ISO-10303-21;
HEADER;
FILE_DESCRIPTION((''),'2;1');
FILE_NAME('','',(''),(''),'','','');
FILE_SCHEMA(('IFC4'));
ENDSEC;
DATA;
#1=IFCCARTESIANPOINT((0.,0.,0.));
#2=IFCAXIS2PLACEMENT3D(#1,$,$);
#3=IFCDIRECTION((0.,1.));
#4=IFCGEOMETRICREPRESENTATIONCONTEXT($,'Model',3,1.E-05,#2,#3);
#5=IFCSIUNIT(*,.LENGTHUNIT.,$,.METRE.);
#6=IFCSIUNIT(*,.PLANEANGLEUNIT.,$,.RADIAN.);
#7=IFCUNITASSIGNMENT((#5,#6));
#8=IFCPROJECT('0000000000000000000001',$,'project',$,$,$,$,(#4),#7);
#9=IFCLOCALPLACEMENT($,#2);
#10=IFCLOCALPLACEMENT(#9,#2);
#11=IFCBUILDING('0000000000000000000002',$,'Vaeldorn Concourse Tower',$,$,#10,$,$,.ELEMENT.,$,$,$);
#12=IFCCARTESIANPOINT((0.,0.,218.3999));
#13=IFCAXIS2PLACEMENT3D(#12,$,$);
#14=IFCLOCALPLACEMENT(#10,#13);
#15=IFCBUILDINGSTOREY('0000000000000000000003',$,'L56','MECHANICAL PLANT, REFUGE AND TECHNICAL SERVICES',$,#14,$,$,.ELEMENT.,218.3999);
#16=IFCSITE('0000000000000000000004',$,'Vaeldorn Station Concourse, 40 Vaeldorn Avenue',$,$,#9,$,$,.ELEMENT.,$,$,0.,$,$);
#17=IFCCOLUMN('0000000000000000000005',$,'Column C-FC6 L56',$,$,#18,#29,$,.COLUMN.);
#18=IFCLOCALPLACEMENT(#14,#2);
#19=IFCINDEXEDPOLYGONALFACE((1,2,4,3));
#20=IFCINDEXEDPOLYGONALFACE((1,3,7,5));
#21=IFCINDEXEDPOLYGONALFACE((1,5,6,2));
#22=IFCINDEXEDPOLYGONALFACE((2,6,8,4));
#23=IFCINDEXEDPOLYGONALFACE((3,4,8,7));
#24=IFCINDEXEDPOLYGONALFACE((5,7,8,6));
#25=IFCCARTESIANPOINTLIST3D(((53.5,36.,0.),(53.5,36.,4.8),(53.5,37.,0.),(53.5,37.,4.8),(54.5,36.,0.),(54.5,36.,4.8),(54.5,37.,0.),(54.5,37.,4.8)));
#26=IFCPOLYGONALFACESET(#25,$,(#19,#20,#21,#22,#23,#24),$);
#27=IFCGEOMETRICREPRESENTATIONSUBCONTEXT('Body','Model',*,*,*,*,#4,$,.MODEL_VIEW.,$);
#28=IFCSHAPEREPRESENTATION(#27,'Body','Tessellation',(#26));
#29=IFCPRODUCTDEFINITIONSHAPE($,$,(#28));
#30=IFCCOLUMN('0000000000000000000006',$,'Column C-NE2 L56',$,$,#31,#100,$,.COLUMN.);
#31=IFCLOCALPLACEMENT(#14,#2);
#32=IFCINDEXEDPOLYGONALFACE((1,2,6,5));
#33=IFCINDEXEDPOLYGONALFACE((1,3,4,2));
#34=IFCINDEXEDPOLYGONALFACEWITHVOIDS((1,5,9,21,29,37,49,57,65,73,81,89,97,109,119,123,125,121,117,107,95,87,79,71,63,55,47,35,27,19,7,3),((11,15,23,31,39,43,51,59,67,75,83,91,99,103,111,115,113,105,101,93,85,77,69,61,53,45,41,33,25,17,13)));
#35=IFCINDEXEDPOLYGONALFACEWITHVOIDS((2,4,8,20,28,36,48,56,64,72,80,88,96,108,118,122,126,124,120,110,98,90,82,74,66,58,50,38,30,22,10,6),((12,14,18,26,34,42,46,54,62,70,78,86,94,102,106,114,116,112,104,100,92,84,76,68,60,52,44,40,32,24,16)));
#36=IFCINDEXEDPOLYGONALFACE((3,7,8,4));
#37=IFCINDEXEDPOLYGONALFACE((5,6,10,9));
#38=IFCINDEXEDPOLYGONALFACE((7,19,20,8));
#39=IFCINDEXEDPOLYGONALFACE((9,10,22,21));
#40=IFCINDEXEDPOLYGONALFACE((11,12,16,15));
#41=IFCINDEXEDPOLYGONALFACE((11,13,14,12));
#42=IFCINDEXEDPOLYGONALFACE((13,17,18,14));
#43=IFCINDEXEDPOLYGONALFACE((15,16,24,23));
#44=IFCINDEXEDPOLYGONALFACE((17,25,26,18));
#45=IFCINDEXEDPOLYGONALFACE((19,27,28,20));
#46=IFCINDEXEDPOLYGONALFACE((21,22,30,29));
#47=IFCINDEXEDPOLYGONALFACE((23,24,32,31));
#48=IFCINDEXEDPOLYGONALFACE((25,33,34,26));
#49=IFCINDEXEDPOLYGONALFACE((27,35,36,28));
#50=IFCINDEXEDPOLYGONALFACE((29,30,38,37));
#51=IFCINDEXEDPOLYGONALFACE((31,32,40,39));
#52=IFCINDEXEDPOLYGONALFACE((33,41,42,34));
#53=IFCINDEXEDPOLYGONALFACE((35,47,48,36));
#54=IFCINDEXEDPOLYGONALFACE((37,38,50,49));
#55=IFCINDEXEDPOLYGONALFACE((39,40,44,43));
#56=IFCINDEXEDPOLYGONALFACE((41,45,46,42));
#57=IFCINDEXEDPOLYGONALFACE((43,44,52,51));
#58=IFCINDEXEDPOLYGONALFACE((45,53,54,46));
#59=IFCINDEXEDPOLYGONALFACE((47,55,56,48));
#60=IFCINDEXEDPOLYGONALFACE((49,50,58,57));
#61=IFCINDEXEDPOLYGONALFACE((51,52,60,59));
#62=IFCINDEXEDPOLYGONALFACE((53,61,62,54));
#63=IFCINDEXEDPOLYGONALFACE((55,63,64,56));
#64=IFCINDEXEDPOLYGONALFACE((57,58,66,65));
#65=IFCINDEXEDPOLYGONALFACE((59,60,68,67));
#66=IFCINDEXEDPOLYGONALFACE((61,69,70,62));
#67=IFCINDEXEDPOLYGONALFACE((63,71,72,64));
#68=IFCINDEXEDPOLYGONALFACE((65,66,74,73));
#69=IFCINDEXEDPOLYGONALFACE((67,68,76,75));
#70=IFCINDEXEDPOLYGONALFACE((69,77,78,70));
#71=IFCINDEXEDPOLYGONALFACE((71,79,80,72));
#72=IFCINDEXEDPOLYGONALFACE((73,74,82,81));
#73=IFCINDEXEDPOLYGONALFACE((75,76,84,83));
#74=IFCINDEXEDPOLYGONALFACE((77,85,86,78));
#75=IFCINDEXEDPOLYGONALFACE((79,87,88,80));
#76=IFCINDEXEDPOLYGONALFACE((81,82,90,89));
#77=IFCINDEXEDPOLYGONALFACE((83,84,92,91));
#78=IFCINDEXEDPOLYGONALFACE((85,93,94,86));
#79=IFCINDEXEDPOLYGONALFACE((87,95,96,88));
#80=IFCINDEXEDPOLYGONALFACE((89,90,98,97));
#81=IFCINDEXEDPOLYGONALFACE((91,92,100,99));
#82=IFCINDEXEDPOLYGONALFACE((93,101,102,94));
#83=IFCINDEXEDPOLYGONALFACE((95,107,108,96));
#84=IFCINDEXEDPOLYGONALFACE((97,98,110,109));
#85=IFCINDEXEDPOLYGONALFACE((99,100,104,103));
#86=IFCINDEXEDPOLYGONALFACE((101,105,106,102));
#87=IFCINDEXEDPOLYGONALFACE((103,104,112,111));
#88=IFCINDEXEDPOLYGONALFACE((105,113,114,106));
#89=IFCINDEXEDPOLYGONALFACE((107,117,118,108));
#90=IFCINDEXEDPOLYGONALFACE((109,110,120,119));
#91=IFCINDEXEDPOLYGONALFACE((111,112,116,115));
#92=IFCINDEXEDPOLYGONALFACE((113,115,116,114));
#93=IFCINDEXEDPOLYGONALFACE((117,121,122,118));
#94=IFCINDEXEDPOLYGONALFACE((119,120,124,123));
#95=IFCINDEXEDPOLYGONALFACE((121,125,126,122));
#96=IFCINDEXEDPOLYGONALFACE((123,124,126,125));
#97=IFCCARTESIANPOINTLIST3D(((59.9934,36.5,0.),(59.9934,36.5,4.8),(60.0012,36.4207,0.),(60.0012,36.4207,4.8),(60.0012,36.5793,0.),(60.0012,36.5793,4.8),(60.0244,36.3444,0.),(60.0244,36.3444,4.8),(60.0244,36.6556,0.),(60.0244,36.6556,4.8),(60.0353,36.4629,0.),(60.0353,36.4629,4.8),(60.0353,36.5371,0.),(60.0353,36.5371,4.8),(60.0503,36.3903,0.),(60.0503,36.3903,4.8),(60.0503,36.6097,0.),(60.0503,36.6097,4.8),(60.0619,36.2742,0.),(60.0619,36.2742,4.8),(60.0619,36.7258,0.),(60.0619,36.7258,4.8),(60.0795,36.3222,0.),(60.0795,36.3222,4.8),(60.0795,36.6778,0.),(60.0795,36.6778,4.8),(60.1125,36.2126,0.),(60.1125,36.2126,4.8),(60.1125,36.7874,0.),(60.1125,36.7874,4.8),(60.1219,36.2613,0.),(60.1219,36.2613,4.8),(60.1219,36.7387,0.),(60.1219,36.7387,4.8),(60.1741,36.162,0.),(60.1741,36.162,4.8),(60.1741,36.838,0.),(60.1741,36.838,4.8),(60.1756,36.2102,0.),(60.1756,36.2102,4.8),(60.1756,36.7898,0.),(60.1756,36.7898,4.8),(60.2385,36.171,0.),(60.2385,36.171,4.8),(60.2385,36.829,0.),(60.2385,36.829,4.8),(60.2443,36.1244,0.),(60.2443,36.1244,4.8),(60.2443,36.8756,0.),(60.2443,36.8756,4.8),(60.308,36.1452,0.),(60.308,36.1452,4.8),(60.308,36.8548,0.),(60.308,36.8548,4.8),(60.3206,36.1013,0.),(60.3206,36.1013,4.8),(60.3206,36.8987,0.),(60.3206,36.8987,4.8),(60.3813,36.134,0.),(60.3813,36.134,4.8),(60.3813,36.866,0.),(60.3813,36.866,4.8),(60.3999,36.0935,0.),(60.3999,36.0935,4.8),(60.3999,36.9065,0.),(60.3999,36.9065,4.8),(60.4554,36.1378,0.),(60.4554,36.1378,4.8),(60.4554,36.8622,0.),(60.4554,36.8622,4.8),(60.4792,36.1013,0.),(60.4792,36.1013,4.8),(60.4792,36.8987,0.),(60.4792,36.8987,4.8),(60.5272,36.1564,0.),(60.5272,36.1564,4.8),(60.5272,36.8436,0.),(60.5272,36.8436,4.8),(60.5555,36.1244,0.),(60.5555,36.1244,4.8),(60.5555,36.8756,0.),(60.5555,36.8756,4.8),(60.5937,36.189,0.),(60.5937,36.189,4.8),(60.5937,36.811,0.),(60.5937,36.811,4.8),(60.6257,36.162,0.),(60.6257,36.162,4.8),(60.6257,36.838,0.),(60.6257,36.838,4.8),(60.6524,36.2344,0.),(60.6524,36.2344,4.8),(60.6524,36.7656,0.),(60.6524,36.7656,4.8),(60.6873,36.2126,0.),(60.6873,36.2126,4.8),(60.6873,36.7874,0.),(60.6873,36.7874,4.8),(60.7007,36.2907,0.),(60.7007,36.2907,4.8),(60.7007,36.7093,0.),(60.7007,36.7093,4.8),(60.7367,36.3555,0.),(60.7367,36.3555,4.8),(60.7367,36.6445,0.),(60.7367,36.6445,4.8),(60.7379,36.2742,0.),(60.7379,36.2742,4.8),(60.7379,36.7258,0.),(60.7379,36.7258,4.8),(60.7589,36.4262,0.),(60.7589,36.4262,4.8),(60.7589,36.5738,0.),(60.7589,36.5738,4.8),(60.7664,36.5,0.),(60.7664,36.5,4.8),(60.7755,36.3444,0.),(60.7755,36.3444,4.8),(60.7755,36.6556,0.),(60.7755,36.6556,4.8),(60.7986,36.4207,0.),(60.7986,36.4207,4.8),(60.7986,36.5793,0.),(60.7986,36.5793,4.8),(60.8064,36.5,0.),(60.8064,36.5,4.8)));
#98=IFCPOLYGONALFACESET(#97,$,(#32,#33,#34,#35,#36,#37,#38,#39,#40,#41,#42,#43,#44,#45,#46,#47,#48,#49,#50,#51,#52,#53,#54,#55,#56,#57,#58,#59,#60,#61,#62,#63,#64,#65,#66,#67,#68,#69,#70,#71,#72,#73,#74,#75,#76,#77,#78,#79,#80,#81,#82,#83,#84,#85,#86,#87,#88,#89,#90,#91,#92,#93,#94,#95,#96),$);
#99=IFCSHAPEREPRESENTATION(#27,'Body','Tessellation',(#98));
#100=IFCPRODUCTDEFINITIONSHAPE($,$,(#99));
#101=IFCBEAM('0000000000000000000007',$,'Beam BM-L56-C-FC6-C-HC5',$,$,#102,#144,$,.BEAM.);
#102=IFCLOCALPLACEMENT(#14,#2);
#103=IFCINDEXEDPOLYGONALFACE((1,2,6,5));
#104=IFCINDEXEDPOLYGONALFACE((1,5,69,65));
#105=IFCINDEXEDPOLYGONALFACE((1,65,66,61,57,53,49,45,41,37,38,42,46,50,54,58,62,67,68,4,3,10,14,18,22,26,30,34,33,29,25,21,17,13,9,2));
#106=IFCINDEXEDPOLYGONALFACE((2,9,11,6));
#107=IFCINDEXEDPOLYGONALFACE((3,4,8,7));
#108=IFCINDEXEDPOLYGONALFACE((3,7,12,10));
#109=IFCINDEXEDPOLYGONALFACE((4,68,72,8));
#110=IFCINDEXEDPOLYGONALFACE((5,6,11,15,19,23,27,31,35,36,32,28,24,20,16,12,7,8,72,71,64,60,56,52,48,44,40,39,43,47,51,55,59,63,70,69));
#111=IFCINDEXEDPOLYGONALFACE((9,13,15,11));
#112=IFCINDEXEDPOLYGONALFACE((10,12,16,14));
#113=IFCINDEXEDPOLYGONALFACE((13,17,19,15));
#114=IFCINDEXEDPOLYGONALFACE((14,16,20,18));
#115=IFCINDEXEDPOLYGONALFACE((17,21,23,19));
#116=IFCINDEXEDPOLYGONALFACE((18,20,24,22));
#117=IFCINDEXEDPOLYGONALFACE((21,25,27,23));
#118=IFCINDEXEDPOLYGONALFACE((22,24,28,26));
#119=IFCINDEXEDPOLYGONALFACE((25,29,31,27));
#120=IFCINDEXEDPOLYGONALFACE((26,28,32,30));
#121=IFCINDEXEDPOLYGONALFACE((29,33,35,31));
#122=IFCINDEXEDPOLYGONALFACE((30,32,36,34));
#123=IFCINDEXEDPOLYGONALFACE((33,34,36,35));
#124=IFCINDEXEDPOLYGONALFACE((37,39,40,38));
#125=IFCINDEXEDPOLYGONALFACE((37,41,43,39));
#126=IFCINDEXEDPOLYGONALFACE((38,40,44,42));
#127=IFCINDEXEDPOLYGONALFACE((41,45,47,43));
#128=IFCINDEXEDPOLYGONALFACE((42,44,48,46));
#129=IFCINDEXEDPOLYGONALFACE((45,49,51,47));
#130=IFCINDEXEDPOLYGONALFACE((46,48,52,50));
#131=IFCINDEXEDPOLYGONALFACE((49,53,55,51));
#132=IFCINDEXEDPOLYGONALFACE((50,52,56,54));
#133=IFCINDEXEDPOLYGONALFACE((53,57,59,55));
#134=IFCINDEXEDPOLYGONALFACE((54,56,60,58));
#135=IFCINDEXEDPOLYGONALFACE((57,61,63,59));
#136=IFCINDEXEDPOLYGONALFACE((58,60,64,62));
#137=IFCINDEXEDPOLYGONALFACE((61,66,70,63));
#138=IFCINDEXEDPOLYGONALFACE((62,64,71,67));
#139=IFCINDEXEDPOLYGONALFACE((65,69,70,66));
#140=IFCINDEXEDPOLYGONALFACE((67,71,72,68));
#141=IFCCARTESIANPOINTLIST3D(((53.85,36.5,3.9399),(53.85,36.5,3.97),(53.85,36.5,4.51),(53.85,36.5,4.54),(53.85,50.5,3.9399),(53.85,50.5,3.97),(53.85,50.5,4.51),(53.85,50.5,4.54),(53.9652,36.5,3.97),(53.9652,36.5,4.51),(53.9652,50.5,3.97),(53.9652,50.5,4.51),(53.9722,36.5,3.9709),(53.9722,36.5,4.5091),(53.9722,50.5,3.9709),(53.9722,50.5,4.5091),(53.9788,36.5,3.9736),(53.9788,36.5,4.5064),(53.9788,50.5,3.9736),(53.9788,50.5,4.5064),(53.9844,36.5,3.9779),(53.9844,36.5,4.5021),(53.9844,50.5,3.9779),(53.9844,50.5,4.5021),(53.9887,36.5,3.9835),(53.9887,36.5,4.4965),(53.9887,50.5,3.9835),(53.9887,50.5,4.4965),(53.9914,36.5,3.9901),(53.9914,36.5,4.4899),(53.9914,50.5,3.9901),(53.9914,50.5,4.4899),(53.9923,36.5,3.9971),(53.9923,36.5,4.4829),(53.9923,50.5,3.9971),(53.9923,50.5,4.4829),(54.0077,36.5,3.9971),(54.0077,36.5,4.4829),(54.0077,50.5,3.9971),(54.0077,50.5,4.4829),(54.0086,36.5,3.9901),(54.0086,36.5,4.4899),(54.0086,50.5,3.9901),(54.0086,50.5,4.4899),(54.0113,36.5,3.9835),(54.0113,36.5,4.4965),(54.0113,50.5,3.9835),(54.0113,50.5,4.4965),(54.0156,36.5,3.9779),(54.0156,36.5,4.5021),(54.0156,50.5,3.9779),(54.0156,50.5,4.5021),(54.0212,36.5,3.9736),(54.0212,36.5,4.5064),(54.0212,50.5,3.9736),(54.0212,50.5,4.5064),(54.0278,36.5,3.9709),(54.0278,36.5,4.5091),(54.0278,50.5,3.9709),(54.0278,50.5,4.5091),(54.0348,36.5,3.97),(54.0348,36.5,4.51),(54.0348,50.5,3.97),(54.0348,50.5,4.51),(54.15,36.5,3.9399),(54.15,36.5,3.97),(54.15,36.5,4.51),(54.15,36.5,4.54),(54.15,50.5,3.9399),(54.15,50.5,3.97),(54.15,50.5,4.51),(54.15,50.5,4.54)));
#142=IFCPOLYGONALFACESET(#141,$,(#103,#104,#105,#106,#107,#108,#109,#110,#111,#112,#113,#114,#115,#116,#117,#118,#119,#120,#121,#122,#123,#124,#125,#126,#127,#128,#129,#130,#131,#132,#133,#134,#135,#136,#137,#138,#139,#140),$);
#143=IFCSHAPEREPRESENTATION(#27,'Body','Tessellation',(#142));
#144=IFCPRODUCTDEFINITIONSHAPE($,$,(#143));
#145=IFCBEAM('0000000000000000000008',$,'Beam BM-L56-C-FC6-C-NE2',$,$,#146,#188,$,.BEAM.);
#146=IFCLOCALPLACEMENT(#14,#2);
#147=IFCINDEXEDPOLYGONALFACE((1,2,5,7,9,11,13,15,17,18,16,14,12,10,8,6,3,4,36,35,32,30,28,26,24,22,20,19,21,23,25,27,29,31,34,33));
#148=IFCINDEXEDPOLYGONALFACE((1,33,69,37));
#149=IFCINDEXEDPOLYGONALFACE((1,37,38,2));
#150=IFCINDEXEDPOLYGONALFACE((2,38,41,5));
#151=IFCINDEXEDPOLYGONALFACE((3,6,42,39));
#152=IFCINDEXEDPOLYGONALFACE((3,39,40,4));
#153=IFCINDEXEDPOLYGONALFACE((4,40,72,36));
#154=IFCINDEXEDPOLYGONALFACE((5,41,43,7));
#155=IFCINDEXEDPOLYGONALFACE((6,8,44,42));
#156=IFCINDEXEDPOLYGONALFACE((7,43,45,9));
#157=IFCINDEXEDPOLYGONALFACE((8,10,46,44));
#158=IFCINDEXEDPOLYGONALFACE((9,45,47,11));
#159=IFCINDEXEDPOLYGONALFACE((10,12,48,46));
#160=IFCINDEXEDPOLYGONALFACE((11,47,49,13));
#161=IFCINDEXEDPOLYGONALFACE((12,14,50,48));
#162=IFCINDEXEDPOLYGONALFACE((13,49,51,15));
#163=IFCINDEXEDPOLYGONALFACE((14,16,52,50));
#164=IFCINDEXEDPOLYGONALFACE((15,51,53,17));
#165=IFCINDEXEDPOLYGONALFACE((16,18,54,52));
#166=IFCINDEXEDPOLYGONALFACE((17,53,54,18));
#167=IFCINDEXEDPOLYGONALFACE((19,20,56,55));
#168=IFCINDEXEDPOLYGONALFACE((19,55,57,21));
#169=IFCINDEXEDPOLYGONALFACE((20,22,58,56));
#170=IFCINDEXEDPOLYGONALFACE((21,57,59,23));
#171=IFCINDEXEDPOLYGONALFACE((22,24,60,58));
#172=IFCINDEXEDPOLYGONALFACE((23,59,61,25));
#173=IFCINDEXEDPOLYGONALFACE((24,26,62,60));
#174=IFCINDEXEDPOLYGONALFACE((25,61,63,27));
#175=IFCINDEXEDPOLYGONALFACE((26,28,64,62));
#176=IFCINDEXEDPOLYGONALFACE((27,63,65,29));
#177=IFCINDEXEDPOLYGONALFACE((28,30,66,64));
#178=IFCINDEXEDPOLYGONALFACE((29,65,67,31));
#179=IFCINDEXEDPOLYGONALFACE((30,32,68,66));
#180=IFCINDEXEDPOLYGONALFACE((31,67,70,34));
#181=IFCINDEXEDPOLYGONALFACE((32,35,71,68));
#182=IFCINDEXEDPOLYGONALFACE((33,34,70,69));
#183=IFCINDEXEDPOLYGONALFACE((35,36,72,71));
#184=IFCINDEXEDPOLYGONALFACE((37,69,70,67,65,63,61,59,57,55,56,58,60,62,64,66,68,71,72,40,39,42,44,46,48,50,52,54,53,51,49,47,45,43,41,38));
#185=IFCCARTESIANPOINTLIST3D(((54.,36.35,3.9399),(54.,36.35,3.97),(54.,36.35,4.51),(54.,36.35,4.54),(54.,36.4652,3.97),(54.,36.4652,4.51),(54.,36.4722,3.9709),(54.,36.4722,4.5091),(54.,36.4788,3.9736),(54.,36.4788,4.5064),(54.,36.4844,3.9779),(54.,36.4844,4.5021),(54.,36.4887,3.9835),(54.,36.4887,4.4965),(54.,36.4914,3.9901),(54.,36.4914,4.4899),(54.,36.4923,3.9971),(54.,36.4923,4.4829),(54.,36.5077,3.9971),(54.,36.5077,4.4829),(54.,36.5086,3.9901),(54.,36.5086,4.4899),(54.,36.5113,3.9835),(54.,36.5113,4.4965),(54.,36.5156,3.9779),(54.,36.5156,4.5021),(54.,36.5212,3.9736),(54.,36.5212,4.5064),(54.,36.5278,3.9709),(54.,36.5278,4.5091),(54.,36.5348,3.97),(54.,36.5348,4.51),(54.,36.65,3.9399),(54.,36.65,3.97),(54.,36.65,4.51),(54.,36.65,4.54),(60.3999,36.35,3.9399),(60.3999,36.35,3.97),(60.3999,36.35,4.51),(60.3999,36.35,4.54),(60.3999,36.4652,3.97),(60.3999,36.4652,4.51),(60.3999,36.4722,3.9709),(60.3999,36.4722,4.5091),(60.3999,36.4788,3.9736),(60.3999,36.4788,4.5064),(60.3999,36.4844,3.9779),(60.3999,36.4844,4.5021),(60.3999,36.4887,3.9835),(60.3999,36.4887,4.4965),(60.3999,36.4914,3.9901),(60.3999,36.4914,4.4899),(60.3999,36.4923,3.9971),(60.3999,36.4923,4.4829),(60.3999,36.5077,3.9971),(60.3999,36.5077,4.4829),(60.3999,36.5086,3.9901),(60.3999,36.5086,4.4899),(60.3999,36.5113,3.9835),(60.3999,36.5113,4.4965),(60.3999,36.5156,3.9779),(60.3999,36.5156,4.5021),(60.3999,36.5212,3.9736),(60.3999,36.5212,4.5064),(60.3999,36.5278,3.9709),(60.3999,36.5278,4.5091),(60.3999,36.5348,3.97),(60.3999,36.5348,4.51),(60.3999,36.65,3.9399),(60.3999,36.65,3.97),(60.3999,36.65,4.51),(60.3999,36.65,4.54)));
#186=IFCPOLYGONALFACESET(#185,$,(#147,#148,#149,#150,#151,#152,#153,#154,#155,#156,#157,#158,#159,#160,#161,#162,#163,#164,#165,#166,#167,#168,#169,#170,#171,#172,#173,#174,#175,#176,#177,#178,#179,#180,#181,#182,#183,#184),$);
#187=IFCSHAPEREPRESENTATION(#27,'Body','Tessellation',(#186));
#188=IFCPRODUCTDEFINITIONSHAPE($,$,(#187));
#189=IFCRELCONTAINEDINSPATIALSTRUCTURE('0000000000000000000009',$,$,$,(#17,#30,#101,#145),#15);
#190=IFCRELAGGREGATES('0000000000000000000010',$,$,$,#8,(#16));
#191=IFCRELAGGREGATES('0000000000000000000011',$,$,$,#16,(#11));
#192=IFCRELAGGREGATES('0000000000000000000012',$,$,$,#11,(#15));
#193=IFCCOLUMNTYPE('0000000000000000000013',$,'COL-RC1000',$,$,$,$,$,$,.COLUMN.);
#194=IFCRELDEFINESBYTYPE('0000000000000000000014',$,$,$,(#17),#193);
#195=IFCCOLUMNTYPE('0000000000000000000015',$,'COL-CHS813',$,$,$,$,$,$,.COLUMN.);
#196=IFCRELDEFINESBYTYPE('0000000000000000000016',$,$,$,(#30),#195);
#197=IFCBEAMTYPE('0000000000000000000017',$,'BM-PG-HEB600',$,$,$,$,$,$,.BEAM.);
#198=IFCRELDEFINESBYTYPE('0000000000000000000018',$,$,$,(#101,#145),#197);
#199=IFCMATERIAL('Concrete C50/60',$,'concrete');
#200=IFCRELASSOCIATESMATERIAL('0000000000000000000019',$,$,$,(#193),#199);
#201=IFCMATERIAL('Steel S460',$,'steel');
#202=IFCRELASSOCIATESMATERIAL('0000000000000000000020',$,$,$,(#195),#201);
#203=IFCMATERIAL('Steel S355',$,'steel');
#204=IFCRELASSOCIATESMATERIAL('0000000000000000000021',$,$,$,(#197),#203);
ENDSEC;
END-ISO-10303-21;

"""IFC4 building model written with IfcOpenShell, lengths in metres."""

from ifc_helpers import new_model, si_unit, direction, frame, origin, origin_2d, place, context, subcontext, project, spatial, rectangle, hollow_circle, i_section, extrude, source, transform, mapped, material, material_profile, profile_set, type_object, element, save


model = new_model("IFC4")

# Units and contexts
model_context = context("Model", 3, precision=1e-05, world=origin(), true_north=direction((0.0, 1.0)))
body_context = subcontext(model_context, "Body", "Model", "MODEL_VIEW")
ifc_project = project(units=[si_unit("LENGTHUNIT", "METRE"), si_unit("PLANEANGLEUNIT", "RADIAN")], contexts=[model_context])

# Site, building, storey
site_placement = place(None, origin())
site = spatial("IfcSite", under=ifc_project, at=site_placement, Name="Vaeldorn Station Concourse, 40 Vaeldorn Avenue", CompositionType="ELEMENT", RefElevation=0.0)
building_placement = place(site_placement, origin())
building = spatial("IfcBuilding", under=site, at=building_placement, Name="Vaeldorn Concourse Tower", CompositionType="ELEMENT")
storey_placement = place(building_placement, frame((0.0, 0.0, 218.3999)))
storey = spatial("IfcBuildingStorey", under=building, at=storey_placement, Name="L56", Description="MECHANICAL PLANT, REFUGE AND TECHNICAL SERVICES", CompositionType="ELEMENT", Elevation=218.3999)

# Columns
ifc_material_1 = material(Name="Concrete C50/60", Category="concrete")
ifc_material_profile_1 = material_profile(ifc_material_1, rectangle(XDim=1.0, YDim=1.0, at=origin_2d()), Name="RC 1000x1000")
ifc_profile_set_1 = profile_set([ifc_material_profile_1], Name="Concrete C50/60")
column_type_1 = type_object("IfcColumnType", Name="COL-RC1000", PredefinedType="COLUMN", material=ifc_profile_set_1)
shared_shape_1 = source(origin(), body_context, "Body", "SweptSolid", [
    extrude(rectangle(XDim=1.0, YDim=1.0, at=origin_2d()), origin(), (0.0, 0.0, 1.0), 4.8),
])
column_1_placement = place(storey_placement, frame((54.0, 36.5, 0.0), z_axis=(0.0, 0.0, 1.0), x_axis=(1.0, 0.0, 0.0)))
element("IfcColumn", 1, at=column_1_placement, inside=storey, type_object=column_type_1, Name="Column C-FC6 L56", PredefinedType="COLUMN", context=body_context, shape_type="MappedRepresentation", body=[
    mapped(shared_shape_1, transform((0.0, 0.0, 0.0), scale=1.0)),
])
ifc_material_2 = material(Name="Steel S460", Category="steel")
ifc_material_profile_2 = material_profile(ifc_material_2, hollow_circle(Radius=0.4065, WallThickness=0.04, at=origin_2d()), Name="CHS 813x40")
ifc_profile_set_2 = profile_set([ifc_material_profile_2], Name="Steel S460")
column_type_2 = type_object("IfcColumnType", Name="COL-CHS813", PredefinedType="COLUMN", material=ifc_profile_set_2)
shared_shape_2 = source(origin(), body_context, "Body", "SweptSolid", [
    extrude(hollow_circle(Radius=0.4065, WallThickness=0.04, at=origin_2d()), origin(), (0.0, 0.0, 1.0), 4.8),
])
column_2_placement = place(storey_placement, frame((60.3999, 36.5, 0.0), z_axis=(0.0, 0.0, 1.0), x_axis=(1.0, 0.0, 0.0)))
element("IfcColumn", 2, at=column_2_placement, inside=storey, type_object=column_type_2, Name="Column C-NE2 L56", PredefinedType="COLUMN", context=body_context, shape_type="MappedRepresentation", body=[
    mapped(shared_shape_2, transform((0.0, 0.0, 0.0), scale=1.0)),
])

# Beams
ifc_material_3 = material(Name="Steel S355", Category="steel")
ifc_material_profile_3 = material_profile(ifc_material_3, i_section(OverallWidth=0.3, OverallDepth=0.6001, WebThickness=0.0154, FlangeThickness=0.03, FilletRadius=0.0271, at=origin_2d()), Name="HEB 600")
ifc_profile_set_3 = profile_set([ifc_material_profile_3], Name="Steel S355")
beam_type_1 = type_object("IfcBeamType", Name="BM-PG-HEB600", PredefinedType="BEAM", material=ifc_profile_set_3)
shared_shape_3 = source(origin(), body_context, "Body", "SweptSolid", [
    extrude(i_section(OverallWidth=0.3, OverallDepth=0.6001, WebThickness=0.0154, FlangeThickness=0.03, FilletRadius=0.0271, at=origin_2d()), origin(), (0.0, 0.0, 1.0), 14.0),
])
beam_1_placement = place(storey_placement, frame((54.0, 36.5, 4.24), z_axis=(0.0, 1.0, 0.0), x_axis=(-1.0, 0.0, 0.0)))
element("IfcBeam", 3, at=beam_1_placement, inside=storey, type_object=beam_type_1, Name="Beam BM-L56-C-FC6-C-HC5", PredefinedType="BEAM", context=body_context, shape_type="MappedRepresentation", body=[
    mapped(shared_shape_3, transform((0.0, 0.0, 0.0), scale=1.0)),
])
shared_shape_4 = source(origin(), body_context, "Body", "SweptSolid", [
    extrude(i_section(OverallWidth=0.3, OverallDepth=0.6001, WebThickness=0.0154, FlangeThickness=0.03, FilletRadius=0.0271, at=origin_2d()), origin(), (0.0, 0.0, 1.0), 6.3999),
])
beam_2_placement = place(storey_placement, frame((54.0, 36.5, 4.24), z_axis=(1.0, 0.0, 0.0), x_axis=(0.0, 1.0, 0.0)))
element("IfcBeam", 4, at=beam_2_placement, inside=storey, type_object=beam_type_1, Name="Beam BM-L56-C-FC6-C-NE2", PredefinedType="BEAM", context=body_context, shape_type="MappedRepresentation", body=[
    mapped(shared_shape_4, transform((0.0, 0.0, 0.0), scale=1.0)),
])

save(model, "model.ifc")
